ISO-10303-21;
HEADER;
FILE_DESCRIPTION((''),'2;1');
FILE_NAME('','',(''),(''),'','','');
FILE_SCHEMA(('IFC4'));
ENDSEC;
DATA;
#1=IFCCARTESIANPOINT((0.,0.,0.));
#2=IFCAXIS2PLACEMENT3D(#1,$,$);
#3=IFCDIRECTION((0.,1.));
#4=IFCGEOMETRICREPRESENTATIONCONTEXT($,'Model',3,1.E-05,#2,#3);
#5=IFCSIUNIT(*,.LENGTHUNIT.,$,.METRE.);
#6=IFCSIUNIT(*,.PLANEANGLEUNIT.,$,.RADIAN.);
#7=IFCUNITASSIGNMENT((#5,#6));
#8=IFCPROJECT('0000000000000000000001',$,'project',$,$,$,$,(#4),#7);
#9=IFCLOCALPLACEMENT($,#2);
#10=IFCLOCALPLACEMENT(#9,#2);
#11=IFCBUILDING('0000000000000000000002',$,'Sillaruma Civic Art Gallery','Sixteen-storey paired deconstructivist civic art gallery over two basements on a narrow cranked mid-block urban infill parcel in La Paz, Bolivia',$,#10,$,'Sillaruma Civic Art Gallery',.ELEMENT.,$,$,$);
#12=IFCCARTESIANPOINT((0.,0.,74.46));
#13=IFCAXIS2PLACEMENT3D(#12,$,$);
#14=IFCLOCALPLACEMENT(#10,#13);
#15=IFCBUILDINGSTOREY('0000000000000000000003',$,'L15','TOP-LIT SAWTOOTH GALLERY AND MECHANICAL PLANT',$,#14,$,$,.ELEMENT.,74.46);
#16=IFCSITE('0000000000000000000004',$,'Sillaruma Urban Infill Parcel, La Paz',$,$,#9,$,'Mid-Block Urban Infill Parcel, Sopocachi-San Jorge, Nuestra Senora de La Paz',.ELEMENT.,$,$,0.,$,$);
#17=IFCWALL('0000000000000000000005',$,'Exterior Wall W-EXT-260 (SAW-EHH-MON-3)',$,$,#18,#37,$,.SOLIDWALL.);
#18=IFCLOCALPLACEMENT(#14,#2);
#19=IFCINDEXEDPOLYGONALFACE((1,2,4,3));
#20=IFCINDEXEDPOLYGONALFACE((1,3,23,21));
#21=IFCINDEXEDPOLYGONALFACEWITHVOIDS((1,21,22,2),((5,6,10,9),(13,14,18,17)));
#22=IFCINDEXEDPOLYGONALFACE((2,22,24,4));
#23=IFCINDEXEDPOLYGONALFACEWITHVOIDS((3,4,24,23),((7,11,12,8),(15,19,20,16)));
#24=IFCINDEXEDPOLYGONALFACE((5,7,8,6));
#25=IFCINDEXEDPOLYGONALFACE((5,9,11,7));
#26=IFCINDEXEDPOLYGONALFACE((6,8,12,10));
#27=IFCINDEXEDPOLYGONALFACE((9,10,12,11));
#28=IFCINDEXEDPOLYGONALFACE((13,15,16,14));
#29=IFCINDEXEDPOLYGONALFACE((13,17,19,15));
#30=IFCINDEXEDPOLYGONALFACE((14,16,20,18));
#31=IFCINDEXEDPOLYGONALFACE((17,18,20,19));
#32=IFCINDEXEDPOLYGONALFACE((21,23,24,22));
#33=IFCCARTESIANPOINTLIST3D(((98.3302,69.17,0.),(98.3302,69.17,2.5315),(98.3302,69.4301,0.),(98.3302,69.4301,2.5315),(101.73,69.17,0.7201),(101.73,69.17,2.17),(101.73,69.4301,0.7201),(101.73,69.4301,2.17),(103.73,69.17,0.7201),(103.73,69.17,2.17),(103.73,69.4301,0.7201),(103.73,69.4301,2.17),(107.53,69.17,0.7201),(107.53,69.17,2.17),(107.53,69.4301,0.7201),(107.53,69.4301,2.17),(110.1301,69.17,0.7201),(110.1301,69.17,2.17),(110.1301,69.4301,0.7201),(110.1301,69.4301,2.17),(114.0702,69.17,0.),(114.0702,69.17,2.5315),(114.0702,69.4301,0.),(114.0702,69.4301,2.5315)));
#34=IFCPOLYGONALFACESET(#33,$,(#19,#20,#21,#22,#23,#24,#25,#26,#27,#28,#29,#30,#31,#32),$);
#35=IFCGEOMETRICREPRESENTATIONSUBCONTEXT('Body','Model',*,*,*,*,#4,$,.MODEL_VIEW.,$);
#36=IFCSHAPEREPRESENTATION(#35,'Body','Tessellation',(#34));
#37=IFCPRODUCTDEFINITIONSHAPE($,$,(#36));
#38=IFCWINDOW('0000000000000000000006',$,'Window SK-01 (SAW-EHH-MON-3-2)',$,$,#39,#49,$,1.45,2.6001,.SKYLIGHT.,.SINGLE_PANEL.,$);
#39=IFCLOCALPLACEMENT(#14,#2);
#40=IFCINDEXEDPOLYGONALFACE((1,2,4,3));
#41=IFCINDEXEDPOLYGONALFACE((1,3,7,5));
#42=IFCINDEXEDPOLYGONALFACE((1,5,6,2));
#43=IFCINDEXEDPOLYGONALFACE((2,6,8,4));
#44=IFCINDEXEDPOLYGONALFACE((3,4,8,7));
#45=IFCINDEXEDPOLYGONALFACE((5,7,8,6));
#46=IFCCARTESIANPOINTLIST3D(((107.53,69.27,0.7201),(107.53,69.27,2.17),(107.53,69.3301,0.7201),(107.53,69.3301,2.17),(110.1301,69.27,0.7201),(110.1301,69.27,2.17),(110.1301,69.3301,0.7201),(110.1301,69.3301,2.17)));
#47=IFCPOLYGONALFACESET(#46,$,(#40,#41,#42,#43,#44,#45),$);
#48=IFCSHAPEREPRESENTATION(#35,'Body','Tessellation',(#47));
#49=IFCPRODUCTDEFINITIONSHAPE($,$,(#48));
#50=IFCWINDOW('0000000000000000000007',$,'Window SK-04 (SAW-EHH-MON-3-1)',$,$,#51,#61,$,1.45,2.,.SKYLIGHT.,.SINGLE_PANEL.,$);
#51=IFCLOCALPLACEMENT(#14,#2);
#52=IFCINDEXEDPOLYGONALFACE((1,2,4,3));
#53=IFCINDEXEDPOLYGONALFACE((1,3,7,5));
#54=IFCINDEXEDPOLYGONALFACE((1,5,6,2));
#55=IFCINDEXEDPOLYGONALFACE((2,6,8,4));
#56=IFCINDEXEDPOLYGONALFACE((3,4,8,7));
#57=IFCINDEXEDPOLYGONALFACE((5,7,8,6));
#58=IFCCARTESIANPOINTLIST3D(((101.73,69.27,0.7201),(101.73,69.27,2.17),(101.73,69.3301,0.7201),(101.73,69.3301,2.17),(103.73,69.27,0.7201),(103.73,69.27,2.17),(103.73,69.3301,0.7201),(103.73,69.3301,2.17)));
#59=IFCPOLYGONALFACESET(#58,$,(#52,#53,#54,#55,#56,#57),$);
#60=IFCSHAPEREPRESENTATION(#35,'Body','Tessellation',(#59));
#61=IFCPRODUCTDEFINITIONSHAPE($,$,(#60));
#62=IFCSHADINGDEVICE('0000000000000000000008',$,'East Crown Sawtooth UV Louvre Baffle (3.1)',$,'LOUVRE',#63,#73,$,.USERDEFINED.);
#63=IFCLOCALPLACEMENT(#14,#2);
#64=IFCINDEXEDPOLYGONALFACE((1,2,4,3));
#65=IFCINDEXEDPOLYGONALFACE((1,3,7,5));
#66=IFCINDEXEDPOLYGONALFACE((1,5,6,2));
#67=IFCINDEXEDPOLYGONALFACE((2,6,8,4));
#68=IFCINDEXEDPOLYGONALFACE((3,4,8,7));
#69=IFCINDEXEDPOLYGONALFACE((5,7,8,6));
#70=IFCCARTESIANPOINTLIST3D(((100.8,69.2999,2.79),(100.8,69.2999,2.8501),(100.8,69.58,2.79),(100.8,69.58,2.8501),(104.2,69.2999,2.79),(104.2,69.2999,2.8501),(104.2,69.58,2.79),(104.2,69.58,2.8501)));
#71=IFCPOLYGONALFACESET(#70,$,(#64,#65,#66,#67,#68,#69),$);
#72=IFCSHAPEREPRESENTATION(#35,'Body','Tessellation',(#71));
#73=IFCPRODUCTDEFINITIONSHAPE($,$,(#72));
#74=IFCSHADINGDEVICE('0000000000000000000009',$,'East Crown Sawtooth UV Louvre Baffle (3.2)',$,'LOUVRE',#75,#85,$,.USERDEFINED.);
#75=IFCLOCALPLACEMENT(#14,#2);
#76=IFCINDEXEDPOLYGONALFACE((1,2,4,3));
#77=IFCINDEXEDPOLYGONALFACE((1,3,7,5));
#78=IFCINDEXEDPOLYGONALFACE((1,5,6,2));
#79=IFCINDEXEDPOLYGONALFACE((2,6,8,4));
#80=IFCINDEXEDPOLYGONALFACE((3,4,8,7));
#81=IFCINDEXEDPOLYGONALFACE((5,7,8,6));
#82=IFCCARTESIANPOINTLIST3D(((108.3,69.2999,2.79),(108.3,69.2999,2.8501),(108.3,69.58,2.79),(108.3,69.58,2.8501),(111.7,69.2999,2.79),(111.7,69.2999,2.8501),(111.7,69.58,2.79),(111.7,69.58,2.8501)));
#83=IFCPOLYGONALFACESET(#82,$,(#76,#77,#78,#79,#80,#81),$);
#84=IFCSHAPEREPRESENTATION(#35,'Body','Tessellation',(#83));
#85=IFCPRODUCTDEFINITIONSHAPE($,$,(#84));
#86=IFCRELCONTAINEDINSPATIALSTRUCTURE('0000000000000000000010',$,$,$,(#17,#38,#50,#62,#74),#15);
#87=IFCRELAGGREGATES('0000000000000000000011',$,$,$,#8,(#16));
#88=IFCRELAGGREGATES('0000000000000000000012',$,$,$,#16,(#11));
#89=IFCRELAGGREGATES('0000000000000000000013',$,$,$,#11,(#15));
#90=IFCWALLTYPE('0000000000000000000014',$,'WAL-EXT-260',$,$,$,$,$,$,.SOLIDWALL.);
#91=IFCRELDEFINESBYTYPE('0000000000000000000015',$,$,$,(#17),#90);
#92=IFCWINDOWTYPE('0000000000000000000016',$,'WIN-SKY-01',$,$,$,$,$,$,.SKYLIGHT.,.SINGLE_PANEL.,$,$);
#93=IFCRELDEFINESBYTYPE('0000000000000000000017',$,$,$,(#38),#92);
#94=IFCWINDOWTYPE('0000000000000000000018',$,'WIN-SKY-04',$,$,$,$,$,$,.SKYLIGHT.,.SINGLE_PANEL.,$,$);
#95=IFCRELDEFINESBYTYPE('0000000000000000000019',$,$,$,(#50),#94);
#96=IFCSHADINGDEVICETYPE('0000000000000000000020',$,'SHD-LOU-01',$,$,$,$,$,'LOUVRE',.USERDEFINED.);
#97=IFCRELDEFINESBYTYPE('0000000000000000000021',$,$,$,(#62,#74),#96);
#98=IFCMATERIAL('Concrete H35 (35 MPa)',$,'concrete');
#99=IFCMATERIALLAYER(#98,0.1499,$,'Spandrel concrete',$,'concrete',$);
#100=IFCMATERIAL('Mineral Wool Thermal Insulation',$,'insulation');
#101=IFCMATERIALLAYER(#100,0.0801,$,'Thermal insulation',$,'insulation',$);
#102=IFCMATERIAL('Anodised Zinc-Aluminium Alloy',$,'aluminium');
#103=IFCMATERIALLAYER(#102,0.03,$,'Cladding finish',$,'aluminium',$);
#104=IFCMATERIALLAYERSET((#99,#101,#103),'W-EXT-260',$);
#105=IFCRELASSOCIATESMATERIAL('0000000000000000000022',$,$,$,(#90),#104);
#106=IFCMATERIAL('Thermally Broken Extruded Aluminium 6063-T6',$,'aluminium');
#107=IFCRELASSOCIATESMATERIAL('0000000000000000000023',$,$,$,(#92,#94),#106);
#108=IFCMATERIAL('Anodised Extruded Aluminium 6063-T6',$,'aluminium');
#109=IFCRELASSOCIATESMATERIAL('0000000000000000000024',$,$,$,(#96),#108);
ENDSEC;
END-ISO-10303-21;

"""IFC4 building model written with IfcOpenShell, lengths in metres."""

from ifc_helpers import new_model, si_unit, direction, frame, frame_2d, origin, origin_2d, place, context, subcontext, project, spatial, rectangle, extrude, material, layer, layer_set, type_object, element, fill, save


model = new_model("IFC4")

# Units and contexts
model_context = context("Model", 3, precision=1e-05, world=origin(), true_north=direction((0.0, 1.0)))
body_context = subcontext(model_context, "Body", "Model", "MODEL_VIEW")
ifc_project = project(units=[si_unit("LENGTHUNIT", "METRE"), si_unit("PLANEANGLEUNIT", "RADIAN")], contexts=[model_context])

# Site, building, storey
site_placement = place(None, origin())
site = spatial("IfcSite", under=ifc_project, at=site_placement, Name="Sillaruma Urban Infill Parcel, La Paz", LongName="Mid-Block Urban Infill Parcel, Sopocachi-San Jorge, Nuestra Senora de La Paz", CompositionType="ELEMENT", RefElevation=0.0)
building_placement = place(site_placement, origin())
building = spatial("IfcBuilding", under=site, at=building_placement, Name="Sillaruma Civic Art Gallery", Description="Sixteen-storey paired deconstructivist civic art gallery over two basements on a narrow cranked mid-block urban infill parcel in La Paz, Bolivia", LongName="Sillaruma Civic Art Gallery", CompositionType="ELEMENT")
storey_placement = place(building_placement, frame((0.0, 0.0, 74.46)))
storey = spatial("IfcBuildingStorey", under=building, at=storey_placement, Name="L15", Description="TOP-LIT SAWTOOTH GALLERY AND MECHANICAL PLANT", CompositionType="ELEMENT", Elevation=74.46)

# Shared definitions
ifc_material_1 = material(Name="Concrete H35 (35 MPa)", Category="concrete")

# Shared definitions
ifc_material_2 = material(Name="Thermally Broken Extruded Aluminium 6063-T6", Category="aluminium")

# Wall, openings, windows
ifc_layer_1 = layer(ifc_material_1, 0.1499, Name="Spandrel concrete", Category="concrete")
ifc_material_3 = material(Name="Mineral Wool Thermal Insulation", Category="insulation")
ifc_layer_2 = layer(ifc_material_3, 0.0801, Name="Thermal insulation", Category="insulation")
ifc_material_4 = material(Name="Anodised Zinc-Aluminium Alloy", Category="aluminium")
ifc_layer_3 = layer(ifc_material_4, 0.03, Name="Cladding finish", Category="aluminium")
ifc_layer_set_1 = layer_set([ifc_layer_1, ifc_layer_2, ifc_layer_3], Name="W-EXT-260")
wall_type = type_object("IfcWallType", Name="WAL-EXT-260", PredefinedType="SOLIDWALL", material=ifc_layer_set_1)
wall_placement = place(storey_placement, frame((98.3301, 69.3, 0.0), z_axis=(0.0, 0.0, 1.0), x_axis=(1.0, 0.0, 0.0)))
wall = element("IfcWall", 1, at=wall_placement, inside=storey, type_object=wall_type, Name="Exterior Wall W-EXT-260 (SAW-EHH-MON-3)", PredefinedType="SOLIDWALL", context=body_context, shape_type="SweptSolid", body=[
    extrude(rectangle(XDim=15.74, YDim=0.26, at=frame_2d((7.8701, 0.0))), origin(), (0.0, 0.0, 1.0), 2.5315),
])
opening_1_placement = place(wall_placement, frame((3.3999, 0.0, 0.72)))
opening_1 = element("IfcOpeningElement", 2, at=opening_1_placement, cuts=wall, PredefinedType="OPENING", context=body_context, shape_type="SweptSolid", body=[
    extrude(rectangle(XDim=2.0, YDim=1.45, at=frame_2d((1.0, 0.7251))), frame((0.0, 0.1399, 0.0), z_axis=(0.0, -1.0, 0.0), x_axis=(1.0, 0.0, 0.0)), (0.0, 0.0, 1.0), 0.28),
])
opening_2_placement = place(wall_placement, frame((9.2, 0.0, 0.72)))
opening_2 = element("IfcOpeningElement", 3, at=opening_2_placement, cuts=wall, PredefinedType="OPENING", context=body_context, shape_type="SweptSolid", body=[
    extrude(rectangle(XDim=2.6001, YDim=1.45, at=frame_2d((1.3, 0.7251))), frame((0.0, 0.1399, 0.0), z_axis=(0.0, -1.0, 0.0), x_axis=(1.0, 0.0, 0.0)), (0.0, 0.0, 1.0), 0.28),
])
window_type_1 = type_object("IfcWindowType", Name="WIN-SKY-01", PartitioningType="SINGLE_PANEL", PredefinedType="SKYLIGHT", material=ifc_material_2)
window_1_placement = place(opening_2_placement, origin())
window_1 = element("IfcWindow", 4, at=window_1_placement, inside=storey, type_object=window_type_1, Name="Window SK-01 (SAW-EHH-MON-3-2)", OverallHeight=1.45, OverallWidth=2.6001, PartitioningType="SINGLE_PANEL", PredefinedType="SKYLIGHT", context=body_context, shape_type="SweptSolid", body=[
    extrude(rectangle(XDim=2.6001, YDim=1.45, at=frame_2d((1.3, 0.7251))), frame((0.0, 0.03, 0.0), z_axis=(0.0, -1.0, 0.0), x_axis=(1.0, 0.0, 0.0)), (0.0, 0.0, 1.0), 0.0601),
])
fill(opening_2, window_1)
window_type_2 = type_object("IfcWindowType", Name="WIN-SKY-04", PartitioningType="SINGLE_PANEL", PredefinedType="SKYLIGHT", material=ifc_material_2)
window_2_placement = place(opening_1_placement, origin())
window_2 = element("IfcWindow", 5, at=window_2_placement, inside=storey, type_object=window_type_2, Name="Window SK-04 (SAW-EHH-MON-3-1)", OverallHeight=1.45, OverallWidth=2.0, PartitioningType="SINGLE_PANEL", PredefinedType="SKYLIGHT", context=body_context, shape_type="SweptSolid", body=[
    extrude(rectangle(XDim=2.0, YDim=1.45, at=frame_2d((1.0, 0.7251))), frame((0.0, 0.03, 0.0), z_axis=(0.0, -1.0, 0.0), x_axis=(1.0, 0.0, 0.0)), (0.0, 0.0, 1.0), 0.0601),
])
fill(opening_1, window_2)

# Shading devices
ifc_material_5 = material(Name="Anodised Extruded Aluminium 6063-T6", Category="aluminium")
shading_device_type = type_object("IfcShadingDeviceType", Name="SHD-LOU-01", ElementType="LOUVRE", PredefinedType="USERDEFINED", material=ifc_material_5)
for number, where, z_axis, x_axis, name in (
    (6, (102.5, 69.4399, 2.79), (0.0, 0.0, 1.0), (1.0, 0.0, 0.0), "East Crown Sawtooth UV Louvre Baffle (3.1)"),
    (7, (110.0, 69.4399, 2.79), (0.0, 0.0, 1.0), (1.0, 0.0, 0.0), "East Crown Sawtooth UV Louvre Baffle (3.2)"),
):
    element("IfcShadingDevice", number, at=place(storey_placement, frame(where, z_axis=z_axis, x_axis=x_axis)), inside=storey, type_object=shading_device_type, Name=name, ObjectType="LOUVRE", PredefinedType="USERDEFINED", context=body_context, shape_type="SweptSolid", body=[
        extrude(rectangle(XDim=3.3999, YDim=0.28, at=origin_2d()), origin(), (0.0, 0.0, 1.0), 0.0601),
    ])

save(model, "model.ifc")
